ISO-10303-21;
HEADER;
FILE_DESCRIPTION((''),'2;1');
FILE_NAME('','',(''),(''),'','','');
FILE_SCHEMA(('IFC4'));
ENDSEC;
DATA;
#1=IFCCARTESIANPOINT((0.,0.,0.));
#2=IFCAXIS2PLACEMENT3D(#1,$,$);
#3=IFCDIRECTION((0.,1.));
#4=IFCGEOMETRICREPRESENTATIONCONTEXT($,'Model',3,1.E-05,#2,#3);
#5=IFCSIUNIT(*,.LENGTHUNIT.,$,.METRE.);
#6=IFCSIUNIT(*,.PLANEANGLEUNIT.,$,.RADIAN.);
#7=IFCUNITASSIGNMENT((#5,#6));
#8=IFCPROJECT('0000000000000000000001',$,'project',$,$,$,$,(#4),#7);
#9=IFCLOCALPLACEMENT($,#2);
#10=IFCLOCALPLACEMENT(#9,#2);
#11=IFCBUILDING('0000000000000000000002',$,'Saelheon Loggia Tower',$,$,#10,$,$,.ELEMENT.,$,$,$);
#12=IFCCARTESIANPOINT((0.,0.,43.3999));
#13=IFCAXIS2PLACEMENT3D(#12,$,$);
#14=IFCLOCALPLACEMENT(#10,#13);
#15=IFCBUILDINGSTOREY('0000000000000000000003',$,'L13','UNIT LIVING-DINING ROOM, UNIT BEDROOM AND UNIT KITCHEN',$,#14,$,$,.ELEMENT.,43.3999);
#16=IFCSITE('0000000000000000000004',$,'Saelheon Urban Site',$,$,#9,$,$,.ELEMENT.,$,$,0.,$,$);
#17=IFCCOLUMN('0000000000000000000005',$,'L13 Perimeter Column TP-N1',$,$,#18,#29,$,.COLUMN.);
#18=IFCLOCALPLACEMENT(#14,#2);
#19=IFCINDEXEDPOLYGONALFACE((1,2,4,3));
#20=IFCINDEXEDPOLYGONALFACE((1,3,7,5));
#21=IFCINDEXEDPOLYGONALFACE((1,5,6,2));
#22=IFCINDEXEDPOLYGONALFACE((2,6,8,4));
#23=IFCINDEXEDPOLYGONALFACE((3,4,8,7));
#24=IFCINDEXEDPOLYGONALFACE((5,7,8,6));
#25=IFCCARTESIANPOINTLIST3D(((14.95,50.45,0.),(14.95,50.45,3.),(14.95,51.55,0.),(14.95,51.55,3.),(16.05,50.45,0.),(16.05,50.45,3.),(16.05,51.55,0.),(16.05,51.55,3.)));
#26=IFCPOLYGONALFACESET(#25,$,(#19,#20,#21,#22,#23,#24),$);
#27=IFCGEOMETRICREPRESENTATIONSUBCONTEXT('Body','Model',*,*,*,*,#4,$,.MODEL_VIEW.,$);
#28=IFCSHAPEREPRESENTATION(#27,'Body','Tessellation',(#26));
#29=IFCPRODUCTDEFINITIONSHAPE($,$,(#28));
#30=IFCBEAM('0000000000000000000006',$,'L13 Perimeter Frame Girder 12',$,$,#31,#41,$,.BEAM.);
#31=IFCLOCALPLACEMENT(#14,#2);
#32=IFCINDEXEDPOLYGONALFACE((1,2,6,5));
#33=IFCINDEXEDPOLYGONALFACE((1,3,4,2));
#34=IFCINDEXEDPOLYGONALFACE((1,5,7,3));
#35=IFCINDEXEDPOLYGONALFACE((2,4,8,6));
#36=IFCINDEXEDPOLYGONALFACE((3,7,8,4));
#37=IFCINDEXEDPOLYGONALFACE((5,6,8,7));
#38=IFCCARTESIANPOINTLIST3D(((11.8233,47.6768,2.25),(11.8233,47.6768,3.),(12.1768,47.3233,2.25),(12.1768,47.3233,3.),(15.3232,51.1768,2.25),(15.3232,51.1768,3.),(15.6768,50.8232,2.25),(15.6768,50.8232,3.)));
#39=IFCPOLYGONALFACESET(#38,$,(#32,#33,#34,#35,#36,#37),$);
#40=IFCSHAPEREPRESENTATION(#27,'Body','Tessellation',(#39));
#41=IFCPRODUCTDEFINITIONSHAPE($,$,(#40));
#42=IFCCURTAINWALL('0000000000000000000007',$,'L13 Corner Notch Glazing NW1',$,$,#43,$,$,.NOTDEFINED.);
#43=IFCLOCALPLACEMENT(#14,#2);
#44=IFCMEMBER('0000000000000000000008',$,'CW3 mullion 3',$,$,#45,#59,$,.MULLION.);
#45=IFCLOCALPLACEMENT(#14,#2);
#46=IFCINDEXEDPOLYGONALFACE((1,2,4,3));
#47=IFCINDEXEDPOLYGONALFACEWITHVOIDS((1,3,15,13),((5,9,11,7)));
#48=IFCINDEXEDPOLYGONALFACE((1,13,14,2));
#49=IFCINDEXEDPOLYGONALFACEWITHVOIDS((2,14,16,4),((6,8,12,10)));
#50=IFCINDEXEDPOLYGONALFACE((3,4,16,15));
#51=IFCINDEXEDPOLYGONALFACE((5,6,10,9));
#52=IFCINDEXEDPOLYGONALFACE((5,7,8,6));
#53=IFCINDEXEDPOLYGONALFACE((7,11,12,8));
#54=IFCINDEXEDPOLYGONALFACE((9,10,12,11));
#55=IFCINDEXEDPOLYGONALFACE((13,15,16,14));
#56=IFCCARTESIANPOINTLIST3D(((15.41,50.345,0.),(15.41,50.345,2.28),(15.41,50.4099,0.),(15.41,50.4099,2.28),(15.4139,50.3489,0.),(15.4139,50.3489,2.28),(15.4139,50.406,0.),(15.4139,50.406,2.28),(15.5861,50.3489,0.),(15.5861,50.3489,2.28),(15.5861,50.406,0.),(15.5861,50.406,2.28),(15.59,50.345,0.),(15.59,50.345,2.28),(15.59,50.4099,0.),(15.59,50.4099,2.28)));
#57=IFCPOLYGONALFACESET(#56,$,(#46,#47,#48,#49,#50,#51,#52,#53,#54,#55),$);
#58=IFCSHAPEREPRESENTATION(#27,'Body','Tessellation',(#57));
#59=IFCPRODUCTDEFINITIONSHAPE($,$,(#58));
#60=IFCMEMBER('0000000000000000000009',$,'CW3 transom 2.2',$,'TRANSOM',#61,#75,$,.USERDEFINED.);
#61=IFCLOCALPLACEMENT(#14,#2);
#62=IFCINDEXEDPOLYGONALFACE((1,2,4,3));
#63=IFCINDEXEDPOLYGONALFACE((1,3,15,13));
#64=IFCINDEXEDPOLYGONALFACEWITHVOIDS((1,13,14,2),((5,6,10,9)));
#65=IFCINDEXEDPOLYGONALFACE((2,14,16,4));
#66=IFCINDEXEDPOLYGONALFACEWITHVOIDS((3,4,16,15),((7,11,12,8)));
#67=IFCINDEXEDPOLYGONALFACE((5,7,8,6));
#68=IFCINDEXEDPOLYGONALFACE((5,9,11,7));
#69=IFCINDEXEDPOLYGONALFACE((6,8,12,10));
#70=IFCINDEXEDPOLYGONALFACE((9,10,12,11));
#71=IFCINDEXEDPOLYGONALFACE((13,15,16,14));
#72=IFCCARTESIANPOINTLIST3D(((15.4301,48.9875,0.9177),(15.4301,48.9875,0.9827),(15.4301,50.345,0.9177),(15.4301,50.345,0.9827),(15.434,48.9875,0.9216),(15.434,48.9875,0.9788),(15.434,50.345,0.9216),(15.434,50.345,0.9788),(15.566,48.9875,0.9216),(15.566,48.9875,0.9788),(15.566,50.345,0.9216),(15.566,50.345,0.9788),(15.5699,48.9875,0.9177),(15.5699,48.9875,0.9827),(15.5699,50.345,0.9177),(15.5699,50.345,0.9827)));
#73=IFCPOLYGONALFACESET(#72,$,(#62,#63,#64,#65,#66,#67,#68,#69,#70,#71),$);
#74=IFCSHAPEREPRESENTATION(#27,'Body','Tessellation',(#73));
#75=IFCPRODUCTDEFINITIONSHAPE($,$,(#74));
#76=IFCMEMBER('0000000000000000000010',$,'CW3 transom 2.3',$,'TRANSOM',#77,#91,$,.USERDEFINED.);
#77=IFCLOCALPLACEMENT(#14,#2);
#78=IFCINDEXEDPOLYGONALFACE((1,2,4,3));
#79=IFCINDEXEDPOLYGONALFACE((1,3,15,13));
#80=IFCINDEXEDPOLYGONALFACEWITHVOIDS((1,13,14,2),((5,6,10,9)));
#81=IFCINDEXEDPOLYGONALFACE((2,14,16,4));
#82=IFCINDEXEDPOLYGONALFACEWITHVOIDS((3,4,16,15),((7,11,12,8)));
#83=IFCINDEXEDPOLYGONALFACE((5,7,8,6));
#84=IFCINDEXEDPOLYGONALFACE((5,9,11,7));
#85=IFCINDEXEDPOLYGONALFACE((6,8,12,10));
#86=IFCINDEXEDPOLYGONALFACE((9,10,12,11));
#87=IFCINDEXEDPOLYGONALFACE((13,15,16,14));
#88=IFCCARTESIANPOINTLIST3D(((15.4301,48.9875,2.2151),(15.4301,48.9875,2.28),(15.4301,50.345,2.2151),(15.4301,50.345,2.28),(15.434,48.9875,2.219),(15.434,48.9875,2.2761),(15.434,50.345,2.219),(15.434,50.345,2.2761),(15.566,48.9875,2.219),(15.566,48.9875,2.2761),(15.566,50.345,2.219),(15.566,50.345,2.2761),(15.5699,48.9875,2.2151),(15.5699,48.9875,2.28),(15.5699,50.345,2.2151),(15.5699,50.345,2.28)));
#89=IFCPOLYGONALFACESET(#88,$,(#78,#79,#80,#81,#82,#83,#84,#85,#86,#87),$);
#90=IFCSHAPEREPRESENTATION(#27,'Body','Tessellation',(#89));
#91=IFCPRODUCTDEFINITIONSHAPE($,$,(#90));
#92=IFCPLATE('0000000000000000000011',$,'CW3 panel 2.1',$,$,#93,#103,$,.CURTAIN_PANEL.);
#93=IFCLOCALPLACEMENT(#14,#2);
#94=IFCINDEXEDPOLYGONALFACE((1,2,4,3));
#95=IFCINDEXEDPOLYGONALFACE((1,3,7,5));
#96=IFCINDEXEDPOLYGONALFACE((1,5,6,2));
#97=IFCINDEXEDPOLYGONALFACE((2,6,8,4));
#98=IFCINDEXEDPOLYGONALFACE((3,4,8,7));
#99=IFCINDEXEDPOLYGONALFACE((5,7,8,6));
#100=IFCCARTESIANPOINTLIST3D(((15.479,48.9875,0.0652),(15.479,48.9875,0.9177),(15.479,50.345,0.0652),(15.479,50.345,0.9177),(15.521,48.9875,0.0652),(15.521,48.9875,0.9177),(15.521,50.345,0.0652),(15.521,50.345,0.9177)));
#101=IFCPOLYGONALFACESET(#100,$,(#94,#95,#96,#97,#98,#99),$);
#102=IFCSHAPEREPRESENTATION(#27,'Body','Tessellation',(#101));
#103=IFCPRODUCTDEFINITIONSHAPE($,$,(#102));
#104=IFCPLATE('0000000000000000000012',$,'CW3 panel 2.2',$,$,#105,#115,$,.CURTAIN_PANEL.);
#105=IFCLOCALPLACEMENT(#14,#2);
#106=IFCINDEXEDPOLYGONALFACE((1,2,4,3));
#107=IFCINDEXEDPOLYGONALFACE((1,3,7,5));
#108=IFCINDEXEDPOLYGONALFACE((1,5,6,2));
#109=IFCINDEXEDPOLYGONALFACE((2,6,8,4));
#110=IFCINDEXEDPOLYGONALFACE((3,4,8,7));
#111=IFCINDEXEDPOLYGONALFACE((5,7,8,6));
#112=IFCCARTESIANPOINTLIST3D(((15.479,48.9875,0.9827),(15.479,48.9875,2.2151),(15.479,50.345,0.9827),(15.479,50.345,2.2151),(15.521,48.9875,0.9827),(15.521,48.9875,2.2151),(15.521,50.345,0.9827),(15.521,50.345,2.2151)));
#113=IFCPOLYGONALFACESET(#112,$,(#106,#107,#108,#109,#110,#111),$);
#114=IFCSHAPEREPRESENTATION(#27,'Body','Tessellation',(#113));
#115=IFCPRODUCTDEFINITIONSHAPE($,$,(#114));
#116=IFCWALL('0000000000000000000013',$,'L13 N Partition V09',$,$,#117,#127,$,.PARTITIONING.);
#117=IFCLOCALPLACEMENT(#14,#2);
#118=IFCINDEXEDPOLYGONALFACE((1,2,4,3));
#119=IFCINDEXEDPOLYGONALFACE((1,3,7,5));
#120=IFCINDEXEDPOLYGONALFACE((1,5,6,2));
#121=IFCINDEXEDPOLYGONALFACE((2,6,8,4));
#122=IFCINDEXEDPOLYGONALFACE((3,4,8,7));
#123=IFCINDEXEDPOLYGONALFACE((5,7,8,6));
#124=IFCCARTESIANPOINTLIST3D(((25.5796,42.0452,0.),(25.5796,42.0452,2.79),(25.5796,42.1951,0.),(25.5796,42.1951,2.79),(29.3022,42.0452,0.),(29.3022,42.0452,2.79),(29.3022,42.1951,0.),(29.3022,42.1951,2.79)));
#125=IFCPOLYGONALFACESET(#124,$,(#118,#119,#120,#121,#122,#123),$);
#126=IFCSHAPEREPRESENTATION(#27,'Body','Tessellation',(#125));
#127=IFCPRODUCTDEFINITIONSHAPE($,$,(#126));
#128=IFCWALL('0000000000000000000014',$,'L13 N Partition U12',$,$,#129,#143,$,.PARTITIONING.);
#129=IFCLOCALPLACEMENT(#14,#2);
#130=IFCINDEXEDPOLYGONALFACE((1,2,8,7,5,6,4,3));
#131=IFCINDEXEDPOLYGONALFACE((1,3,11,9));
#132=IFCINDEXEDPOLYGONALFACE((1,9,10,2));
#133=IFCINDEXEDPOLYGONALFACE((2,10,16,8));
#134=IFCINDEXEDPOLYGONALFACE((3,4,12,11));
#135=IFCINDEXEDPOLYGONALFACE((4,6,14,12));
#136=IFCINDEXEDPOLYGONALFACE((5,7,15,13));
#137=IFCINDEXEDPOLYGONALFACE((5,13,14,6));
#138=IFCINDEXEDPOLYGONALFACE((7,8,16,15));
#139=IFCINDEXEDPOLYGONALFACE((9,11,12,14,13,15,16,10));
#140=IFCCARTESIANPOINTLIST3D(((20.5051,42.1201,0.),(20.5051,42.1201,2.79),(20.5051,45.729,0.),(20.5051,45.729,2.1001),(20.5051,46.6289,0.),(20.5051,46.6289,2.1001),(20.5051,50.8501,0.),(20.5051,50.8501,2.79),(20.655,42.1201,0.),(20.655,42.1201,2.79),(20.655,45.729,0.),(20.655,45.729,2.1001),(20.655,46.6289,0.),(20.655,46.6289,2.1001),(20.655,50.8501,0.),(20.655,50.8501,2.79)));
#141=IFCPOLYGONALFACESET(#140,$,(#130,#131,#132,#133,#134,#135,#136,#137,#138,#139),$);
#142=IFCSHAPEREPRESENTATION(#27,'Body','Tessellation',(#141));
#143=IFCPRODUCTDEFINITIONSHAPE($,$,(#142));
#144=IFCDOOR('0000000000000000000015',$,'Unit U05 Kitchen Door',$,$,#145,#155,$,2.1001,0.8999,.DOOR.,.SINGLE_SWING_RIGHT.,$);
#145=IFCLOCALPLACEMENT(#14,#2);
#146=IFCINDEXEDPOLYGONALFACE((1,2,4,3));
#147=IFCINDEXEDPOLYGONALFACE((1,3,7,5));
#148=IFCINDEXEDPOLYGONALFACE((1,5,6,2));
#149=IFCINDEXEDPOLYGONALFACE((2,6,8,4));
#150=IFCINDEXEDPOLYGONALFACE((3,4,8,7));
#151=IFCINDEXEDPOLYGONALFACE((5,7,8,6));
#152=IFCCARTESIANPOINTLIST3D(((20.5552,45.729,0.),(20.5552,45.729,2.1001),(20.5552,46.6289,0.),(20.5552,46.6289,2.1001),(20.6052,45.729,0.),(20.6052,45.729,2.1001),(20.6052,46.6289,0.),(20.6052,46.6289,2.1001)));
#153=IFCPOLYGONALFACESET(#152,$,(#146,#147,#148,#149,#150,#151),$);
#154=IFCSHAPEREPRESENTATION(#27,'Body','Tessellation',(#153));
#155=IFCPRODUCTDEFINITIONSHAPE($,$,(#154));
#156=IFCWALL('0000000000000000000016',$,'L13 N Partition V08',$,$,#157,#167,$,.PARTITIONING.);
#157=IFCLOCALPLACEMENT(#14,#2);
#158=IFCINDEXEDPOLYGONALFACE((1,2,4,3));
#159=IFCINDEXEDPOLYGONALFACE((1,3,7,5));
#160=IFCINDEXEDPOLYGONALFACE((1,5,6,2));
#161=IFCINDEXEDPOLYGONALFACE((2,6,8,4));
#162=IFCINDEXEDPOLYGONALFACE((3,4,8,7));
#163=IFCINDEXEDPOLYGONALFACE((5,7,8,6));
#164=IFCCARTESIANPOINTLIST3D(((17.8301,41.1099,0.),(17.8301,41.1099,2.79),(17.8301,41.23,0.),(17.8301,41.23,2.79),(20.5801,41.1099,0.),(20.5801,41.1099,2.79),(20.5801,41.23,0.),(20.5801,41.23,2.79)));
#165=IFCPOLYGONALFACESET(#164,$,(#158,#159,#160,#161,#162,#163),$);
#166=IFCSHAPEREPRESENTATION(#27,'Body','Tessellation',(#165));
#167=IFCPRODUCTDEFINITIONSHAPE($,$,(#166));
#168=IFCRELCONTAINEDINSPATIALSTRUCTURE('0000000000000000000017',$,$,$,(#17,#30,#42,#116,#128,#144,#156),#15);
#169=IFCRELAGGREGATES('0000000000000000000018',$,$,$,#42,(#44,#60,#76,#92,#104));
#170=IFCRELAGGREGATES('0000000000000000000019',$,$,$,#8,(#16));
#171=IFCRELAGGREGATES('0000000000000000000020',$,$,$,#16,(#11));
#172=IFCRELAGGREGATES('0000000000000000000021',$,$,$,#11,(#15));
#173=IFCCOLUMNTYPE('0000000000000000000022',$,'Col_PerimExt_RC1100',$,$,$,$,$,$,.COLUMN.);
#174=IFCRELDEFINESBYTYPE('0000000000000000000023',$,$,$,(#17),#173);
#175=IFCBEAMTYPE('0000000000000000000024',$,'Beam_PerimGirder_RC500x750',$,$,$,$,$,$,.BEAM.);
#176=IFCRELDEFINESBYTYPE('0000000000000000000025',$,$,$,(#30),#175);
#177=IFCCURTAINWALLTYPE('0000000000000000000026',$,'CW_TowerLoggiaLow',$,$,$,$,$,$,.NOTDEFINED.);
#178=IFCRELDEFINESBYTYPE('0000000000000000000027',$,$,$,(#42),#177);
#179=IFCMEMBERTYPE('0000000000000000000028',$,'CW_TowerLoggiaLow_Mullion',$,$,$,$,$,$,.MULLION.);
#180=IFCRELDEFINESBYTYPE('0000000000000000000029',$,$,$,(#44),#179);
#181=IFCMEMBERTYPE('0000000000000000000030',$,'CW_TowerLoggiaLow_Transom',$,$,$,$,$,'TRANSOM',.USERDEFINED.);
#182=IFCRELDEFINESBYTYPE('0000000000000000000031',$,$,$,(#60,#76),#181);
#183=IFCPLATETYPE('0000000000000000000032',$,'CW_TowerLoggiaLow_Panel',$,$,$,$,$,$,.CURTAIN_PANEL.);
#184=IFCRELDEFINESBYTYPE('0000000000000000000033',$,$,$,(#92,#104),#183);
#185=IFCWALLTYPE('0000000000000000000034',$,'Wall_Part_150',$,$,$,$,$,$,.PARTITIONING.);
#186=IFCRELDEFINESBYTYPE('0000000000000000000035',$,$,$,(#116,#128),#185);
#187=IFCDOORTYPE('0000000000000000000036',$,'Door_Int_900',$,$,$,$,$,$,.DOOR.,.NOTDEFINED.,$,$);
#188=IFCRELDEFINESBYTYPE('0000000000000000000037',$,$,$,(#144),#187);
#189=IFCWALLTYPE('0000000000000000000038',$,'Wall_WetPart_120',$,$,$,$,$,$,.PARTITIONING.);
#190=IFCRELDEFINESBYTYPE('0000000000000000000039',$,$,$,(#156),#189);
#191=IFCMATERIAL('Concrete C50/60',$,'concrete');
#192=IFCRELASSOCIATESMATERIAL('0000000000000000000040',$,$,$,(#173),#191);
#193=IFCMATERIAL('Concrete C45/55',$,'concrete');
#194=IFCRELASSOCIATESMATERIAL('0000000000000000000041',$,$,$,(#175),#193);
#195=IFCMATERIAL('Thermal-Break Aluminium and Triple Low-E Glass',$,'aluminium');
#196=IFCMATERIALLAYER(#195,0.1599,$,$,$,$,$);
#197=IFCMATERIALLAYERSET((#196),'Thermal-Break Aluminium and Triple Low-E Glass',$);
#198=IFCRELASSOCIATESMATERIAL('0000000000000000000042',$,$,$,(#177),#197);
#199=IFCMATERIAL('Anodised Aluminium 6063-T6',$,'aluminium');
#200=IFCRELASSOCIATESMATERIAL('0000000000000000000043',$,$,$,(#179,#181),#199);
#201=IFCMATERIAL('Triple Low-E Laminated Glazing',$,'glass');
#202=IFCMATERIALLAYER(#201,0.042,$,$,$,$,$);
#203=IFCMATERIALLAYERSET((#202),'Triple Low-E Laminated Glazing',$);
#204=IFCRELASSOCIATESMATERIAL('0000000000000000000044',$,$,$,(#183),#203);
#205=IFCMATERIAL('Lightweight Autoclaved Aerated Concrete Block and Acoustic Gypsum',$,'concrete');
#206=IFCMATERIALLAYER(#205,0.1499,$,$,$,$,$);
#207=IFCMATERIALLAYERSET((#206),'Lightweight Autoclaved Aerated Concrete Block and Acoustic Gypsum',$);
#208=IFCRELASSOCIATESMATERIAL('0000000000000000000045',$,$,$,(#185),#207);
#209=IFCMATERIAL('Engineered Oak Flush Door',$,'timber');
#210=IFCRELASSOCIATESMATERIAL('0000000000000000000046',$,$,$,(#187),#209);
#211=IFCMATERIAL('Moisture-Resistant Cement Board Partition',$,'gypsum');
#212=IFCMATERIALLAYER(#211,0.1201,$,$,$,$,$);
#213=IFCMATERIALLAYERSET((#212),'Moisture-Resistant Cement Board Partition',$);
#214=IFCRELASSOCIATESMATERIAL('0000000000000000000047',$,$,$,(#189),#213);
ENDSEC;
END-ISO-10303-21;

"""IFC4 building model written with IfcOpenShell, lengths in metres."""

from ifc_helpers import new_model, si_unit, direction, frame, frame_2d, origin, origin_2d, place, context, subcontext, project, spatial, rectangle, hollow_rectangle, extrude, source, transform, mapped, material, layer, layer_set, material_profile, profile_set, type_object, element, fill, aggregate, save


model = new_model("IFC4")

# Units and contexts
model_context = context("Model", 3, precision=1e-05, world=origin(), true_north=direction((0.0, 1.0)))
body_context = subcontext(model_context, "Body", "Model", "MODEL_VIEW")
ifc_project = project(units=[si_unit("LENGTHUNIT", "METRE"), si_unit("PLANEANGLEUNIT", "RADIAN")], contexts=[model_context])

# Site, building, storey
site_placement = place(None, origin())
site = spatial("IfcSite", under=ifc_project, at=site_placement, Name="Saelheon Urban Site", CompositionType="ELEMENT", RefElevation=0.0)
building_placement = place(site_placement, origin())
building = spatial("IfcBuilding", under=site, at=building_placement, Name="Saelheon Loggia Tower", CompositionType="ELEMENT")
storey_placement = place(building_placement, frame((0.0, 0.0, 43.3999)))
storey = spatial("IfcBuildingStorey", under=building, at=storey_placement, Name="L13", Description="UNIT LIVING-DINING ROOM, UNIT BEDROOM AND UNIT KITCHEN", CompositionType="ELEMENT", Elevation=43.3999)

# Column
ifc_material_1 = material(Name="Concrete C50/60", Category="concrete")
ifc_material_profile_1 = material_profile(ifc_material_1, rectangle(XDim=1.1001, YDim=1.1001, at=origin_2d()), Name="RC-1100x1100")
ifc_profile_set_1 = profile_set([ifc_material_profile_1], Name="Concrete C50/60")
column_type = type_object("IfcColumnType", Name="Col_PerimExt_RC1100", PredefinedType="COLUMN", material=ifc_profile_set_1)
shared_shape_1 = source(origin(), body_context, "Body", "SweptSolid", [
    extrude(rectangle(XDim=1.1001, YDim=1.1001, at=origin_2d()), origin(), (0.0, 0.0, 1.0), 3.0),
])
column_placement = place(storey_placement, frame((15.5, 51.0, 0.0), z_axis=(0.0, 0.0, 1.0), x_axis=(1.0, 0.0, 0.0)))
element("IfcColumn", 1, at=column_placement, inside=storey, type_object=column_type, Name="L13 Perimeter Column TP-N1", PredefinedType="COLUMN", context=body_context, shape_type="MappedRepresentation", body=[
    mapped(shared_shape_1, transform((0.0, 0.0, 0.0), scale=1.0)),
])

# Beam
ifc_material_2 = material(Name="Concrete C45/55", Category="concrete")
ifc_material_profile_2 = material_profile(ifc_material_2, rectangle(XDim=0.5, YDim=0.75, at=origin_2d()), Name="RC-500x750")
ifc_profile_set_2 = profile_set([ifc_material_profile_2], Name="Concrete C45/55")
beam_type = type_object("IfcBeamType", Name="Beam_PerimGirder_RC500x750", PredefinedType="BEAM", material=ifc_profile_set_2)
shared_shape_2 = source(origin(), body_context, "Body", "SweptSolid", [
    extrude(rectangle(XDim=0.5, YDim=0.75, at=origin_2d()), origin(), (0.0, 0.0, 1.0), 4.9497),
])
beam_placement = place(storey_placement, frame((15.5, 51.0, 2.625), z_axis=(-0.707107, -0.707107, 0.0), x_axis=(0.707107, -0.707107, 0.0)))
element("IfcBeam", 2, at=beam_placement, inside=storey, type_object=beam_type, Name="L13 Perimeter Frame Girder 12", PredefinedType="BEAM", context=body_context, shape_type="MappedRepresentation", body=[
    mapped(shared_shape_2, transform((0.0, 0.0, 0.0), scale=1.0)),
])

# Curtain wall, members, plates
ifc_material_3 = material(Name="Thermal-Break Aluminium and Triple Low-E Glass", Category="aluminium")
ifc_layer_1 = layer(ifc_material_3, 0.1599)
ifc_layer_set_1 = layer_set([ifc_layer_1], Name="Thermal-Break Aluminium and Triple Low-E Glass")
curtain_wall_type = type_object("IfcCurtainWallType", Name="CW_TowerLoggiaLow", PredefinedType="NOTDEFINED", material=ifc_layer_set_1)
curtain_wall_placement = place(storey_placement, origin())
curtain_wall = element("IfcCurtainWall", 3, at=curtain_wall_placement, inside=storey, type_object=curtain_wall_type, Name="L13 Corner Notch Glazing NW1", PredefinedType="NOTDEFINED")
ifc_material_4 = material(Name="Anodised Aluminium 6063-T6", Category="aluminium")
ifc_material_profile_3 = material_profile(ifc_material_4, hollow_rectangle(XDim=0.0649, YDim=0.1799, WallThickness=0.0039, at=origin_2d()), Name="RHS-180x65x4")
ifc_profile_set_3 = profile_set([ifc_material_profile_3], Name="Anodised Aluminium 6063-T6")
member_type_1 = type_object("IfcMemberType", Name="CW_TowerLoggiaLow_Mullion", PredefinedType="MULLION", material=ifc_profile_set_3)
shared_shape_3 = source(origin(), body_context, "Body", "SweptSolid", [
    extrude(hollow_rectangle(XDim=0.0649, YDim=0.1799, WallThickness=0.0039, at=origin_2d()), origin(), (0.0, 0.0, 1.0), 2.28),
])
member_1_placement = place(storey_placement, frame((15.5, 50.3774, 0.0), z_axis=(0.0, 0.0, 1.0), x_axis=(0.0, 1.0, 0.0)))
member_1 = element("IfcMember", 4, at=member_1_placement, type_object=member_type_1, Name="CW3 mullion 3", PredefinedType="MULLION", context=body_context, shape_type="MappedRepresentation", body=[
    mapped(shared_shape_3, transform((0.0, 0.0, 0.0), scale=1.0)),
])
ifc_material_profile_4 = material_profile(ifc_material_4, hollow_rectangle(XDim=0.0649, YDim=0.1399, WallThickness=0.0039, at=origin_2d()), Name="RHS-140x65x4")
ifc_profile_set_4 = profile_set([ifc_material_profile_4], Name="Anodised Aluminium 6063-T6")
member_type_2 = type_object("IfcMemberType", Name="CW_TowerLoggiaLow_Transom", ElementType="TRANSOM", PredefinedType="USERDEFINED", material=ifc_profile_set_4)
shared_shape_4 = source(origin(), body_context, "Body", "SweptSolid", [
    extrude(hollow_rectangle(XDim=0.0649, YDim=0.1399, WallThickness=0.0039, at=origin_2d()), origin(), (0.0, 0.0, 1.0), 1.3574),
])
member_2_placement = place(storey_placement, frame((15.5, 48.9875, 0.9502), z_axis=(0.0, 1.0, 0.0), x_axis=(0.0, 0.0, 1.0)))
member_2 = element("IfcMember", 5, at=member_2_placement, type_object=member_type_2, Name="CW3 transom 2.2", ObjectType="TRANSOM", PredefinedType="USERDEFINED", context=body_context, shape_type="MappedRepresentation", body=[
    mapped(shared_shape_4, transform((0.0, 0.0, 0.0), scale=1.0)),
])
member_3_placement = place(storey_placement, frame((15.5, 48.9875, 2.2476), z_axis=(0.0, 1.0, 0.0), x_axis=(0.0, 0.0, 1.0)))
member_3 = element("IfcMember", 6, at=member_3_placement, type_object=member_type_2, Name="CW3 transom 2.3", ObjectType="TRANSOM", PredefinedType="USERDEFINED", context=body_context, shape_type="MappedRepresentation", body=[
    mapped(shared_shape_4, transform((0.0, 0.0, 0.0), scale=1.0)),
])
ifc_material_5 = material(Name="Triple Low-E Laminated Glazing", Category="glass")
ifc_layer_2 = layer(ifc_material_5, 0.042)
ifc_layer_set_2 = layer_set([ifc_layer_2], Name="Triple Low-E Laminated Glazing")
plate_type = type_object("IfcPlateType", Name="CW_TowerLoggiaLow_Panel", PredefinedType="CURTAIN_PANEL", material=ifc_layer_set_2)
shared_shape_5 = source(origin(), body_context, "Body", "SweptSolid", [
    extrude(rectangle(XDim=1.3574, YDim=0.042, at=origin_2d()), origin(), (0.0, 0.0, 1.0), 0.8525),
])
plate_1_placement = place(storey_placement, frame((15.5, 49.6663, 0.0652), z_axis=(0.0, 0.0, 1.0), x_axis=(0.0, 1.0, 0.0)))
plate_1 = element("IfcPlate", 7, at=plate_1_placement, type_object=plate_type, Name="CW3 panel 2.1", PredefinedType="CURTAIN_PANEL", context=body_context, shape_type="MappedRepresentation", body=[
    mapped(shared_shape_5, transform((0.0, 0.0, 0.0), scale=1.0)),
])
shared_shape_6 = source(origin(), body_context, "Body", "SweptSolid", [
    extrude(rectangle(XDim=1.3574, YDim=0.042, at=origin_2d()), origin(), (0.0, 0.0, 1.0), 1.2324),
])
plate_2_placement = place(storey_placement, frame((15.5, 49.6663, 0.9827), z_axis=(0.0, 0.0, 1.0), x_axis=(0.0, 1.0, 0.0)))
plate_2 = element("IfcPlate", 8, at=plate_2_placement, type_object=plate_type, Name="CW3 panel 2.2", PredefinedType="CURTAIN_PANEL", context=body_context, shape_type="MappedRepresentation", body=[
    mapped(shared_shape_6, transform((0.0, 0.0, 0.0), scale=1.0)),
])
aggregate(curtain_wall, [member_1, member_2, member_3, plate_1, plate_2])

# Wall
ifc_material_6 = material(Name="Lightweight Autoclaved Aerated Concrete Block and Acoustic Gypsum", Category="concrete")
ifc_layer_3 = layer(ifc_material_6, 0.1499)
ifc_layer_set_3 = layer_set([ifc_layer_3], Name="Lightweight Autoclaved Aerated Concrete Block and Acoustic Gypsum")
wall_type_1 = type_object("IfcWallType", Name="Wall_Part_150", PredefinedType="PARTITIONING", material=ifc_layer_set_3)
wall_1_placement = place(storey_placement, frame((25.5796, 42.1201, 0.0), z_axis=(0.0, 0.0, 1.0), x_axis=(1.0, 0.0, 0.0)))
element("IfcWall", 9, at=wall_1_placement, inside=storey, type_object=wall_type_1, Name="L13 N Partition V09", PredefinedType="PARTITIONING", context=body_context, shape_type="SweptSolid", body=[
    extrude(rectangle(XDim=3.7227, YDim=0.1499, at=frame_2d((1.8613, 0.0))), origin(), (0.0, 0.0, 1.0), 2.79),
])

# Wall, opening, door
wall_2_placement = place(storey_placement, frame((20.5801, 42.1201, 0.0), z_axis=(0.0, 0.0, 1.0), x_axis=(0.0, 1.0, 0.0)))
wall_2 = element("IfcWall", 10, at=wall_2_placement, inside=storey, type_object=wall_type_1, Name="L13 N Partition U12", PredefinedType="PARTITIONING", context=body_context, shape_type="SweptSolid", body=[
    extrude(rectangle(XDim=8.73, YDim=0.1499, at=frame_2d((4.365, 0.0))), origin(), (0.0, 0.0, 1.0), 2.79),
])
opening_1_placement = place(wall_2_placement, frame((3.6089, 0.0, 0.0)))
opening_1 = element("IfcOpeningElement", 11, at=opening_1_placement, cuts=wall_2, PredefinedType="OPENING", context=body_context, shape_type="SweptSolid", body=[
    extrude(rectangle(XDim=0.8999, YDim=2.1001, at=frame_2d((0.45, 1.05))), frame((0.0, 0.0869, 0.0), z_axis=(0.0, -1.0, 0.0), x_axis=(1.0, 0.0, 0.0)), (0.0, 0.0, 1.0), 0.1738),
])
ifc_material_7 = material(Name="Engineered Oak Flush Door", Category="timber")
door_type_1 = type_object("IfcDoorType", Name="Door_Int_900", OperationType="NOTDEFINED", PredefinedType="DOOR", material=ifc_material_7)
shared_shape_7 = source(origin(), body_context, "Body", "SweptSolid", [
    extrude(rectangle(XDim=0.8999, YDim=2.1001, at=frame_2d((0.45, 1.05))), frame((0.0, 0.0249, 0.0), z_axis=(0.0, -1.0, 0.0), x_axis=(1.0, 0.0, 0.0)), (0.0, 0.0, 1.0), 0.05),
])
door_1_placement = place(opening_1_placement, origin())
door_1 = element("IfcDoor", 12, at=door_1_placement, inside=storey, type_object=door_type_1, Name="Unit U05 Kitchen Door", OperationType="SINGLE_SWING_RIGHT", OverallHeight=2.1001, OverallWidth=0.8999, PredefinedType="DOOR", context=body_context, shape_type="MappedRepresentation", body=[
    mapped(shared_shape_7, transform((0.0, 0.0, 0.0), scale=1.0)),
])
fill(opening_1, door_1)

# Wall
ifc_material_8 = material(Name="Moisture-Resistant Cement Board Partition", Category="gypsum")
ifc_layer_4 = layer(ifc_material_8, 0.1201)
ifc_layer_set_4 = layer_set([ifc_layer_4], Name="Moisture-Resistant Cement Board Partition")
wall_type_2 = type_object("IfcWallType", Name="Wall_WetPart_120", PredefinedType="PARTITIONING", material=ifc_layer_set_4)
wall_3_placement = place(storey_placement, frame((17.8301, 41.1699, 0.0), z_axis=(0.0, 0.0, 1.0), x_axis=(1.0, 0.0, 0.0)))
element("IfcWall", 13, at=wall_3_placement, inside=storey, type_object=wall_type_2, Name="L13 N Partition V08", PredefinedType="PARTITIONING", context=body_context, shape_type="SweptSolid", body=[
    extrude(rectangle(XDim=2.75, YDim=0.1201, at=frame_2d((1.375, 0.0))), origin(), (0.0, 0.0, 1.0), 2.79),
])

save(model, "model.ifc")
